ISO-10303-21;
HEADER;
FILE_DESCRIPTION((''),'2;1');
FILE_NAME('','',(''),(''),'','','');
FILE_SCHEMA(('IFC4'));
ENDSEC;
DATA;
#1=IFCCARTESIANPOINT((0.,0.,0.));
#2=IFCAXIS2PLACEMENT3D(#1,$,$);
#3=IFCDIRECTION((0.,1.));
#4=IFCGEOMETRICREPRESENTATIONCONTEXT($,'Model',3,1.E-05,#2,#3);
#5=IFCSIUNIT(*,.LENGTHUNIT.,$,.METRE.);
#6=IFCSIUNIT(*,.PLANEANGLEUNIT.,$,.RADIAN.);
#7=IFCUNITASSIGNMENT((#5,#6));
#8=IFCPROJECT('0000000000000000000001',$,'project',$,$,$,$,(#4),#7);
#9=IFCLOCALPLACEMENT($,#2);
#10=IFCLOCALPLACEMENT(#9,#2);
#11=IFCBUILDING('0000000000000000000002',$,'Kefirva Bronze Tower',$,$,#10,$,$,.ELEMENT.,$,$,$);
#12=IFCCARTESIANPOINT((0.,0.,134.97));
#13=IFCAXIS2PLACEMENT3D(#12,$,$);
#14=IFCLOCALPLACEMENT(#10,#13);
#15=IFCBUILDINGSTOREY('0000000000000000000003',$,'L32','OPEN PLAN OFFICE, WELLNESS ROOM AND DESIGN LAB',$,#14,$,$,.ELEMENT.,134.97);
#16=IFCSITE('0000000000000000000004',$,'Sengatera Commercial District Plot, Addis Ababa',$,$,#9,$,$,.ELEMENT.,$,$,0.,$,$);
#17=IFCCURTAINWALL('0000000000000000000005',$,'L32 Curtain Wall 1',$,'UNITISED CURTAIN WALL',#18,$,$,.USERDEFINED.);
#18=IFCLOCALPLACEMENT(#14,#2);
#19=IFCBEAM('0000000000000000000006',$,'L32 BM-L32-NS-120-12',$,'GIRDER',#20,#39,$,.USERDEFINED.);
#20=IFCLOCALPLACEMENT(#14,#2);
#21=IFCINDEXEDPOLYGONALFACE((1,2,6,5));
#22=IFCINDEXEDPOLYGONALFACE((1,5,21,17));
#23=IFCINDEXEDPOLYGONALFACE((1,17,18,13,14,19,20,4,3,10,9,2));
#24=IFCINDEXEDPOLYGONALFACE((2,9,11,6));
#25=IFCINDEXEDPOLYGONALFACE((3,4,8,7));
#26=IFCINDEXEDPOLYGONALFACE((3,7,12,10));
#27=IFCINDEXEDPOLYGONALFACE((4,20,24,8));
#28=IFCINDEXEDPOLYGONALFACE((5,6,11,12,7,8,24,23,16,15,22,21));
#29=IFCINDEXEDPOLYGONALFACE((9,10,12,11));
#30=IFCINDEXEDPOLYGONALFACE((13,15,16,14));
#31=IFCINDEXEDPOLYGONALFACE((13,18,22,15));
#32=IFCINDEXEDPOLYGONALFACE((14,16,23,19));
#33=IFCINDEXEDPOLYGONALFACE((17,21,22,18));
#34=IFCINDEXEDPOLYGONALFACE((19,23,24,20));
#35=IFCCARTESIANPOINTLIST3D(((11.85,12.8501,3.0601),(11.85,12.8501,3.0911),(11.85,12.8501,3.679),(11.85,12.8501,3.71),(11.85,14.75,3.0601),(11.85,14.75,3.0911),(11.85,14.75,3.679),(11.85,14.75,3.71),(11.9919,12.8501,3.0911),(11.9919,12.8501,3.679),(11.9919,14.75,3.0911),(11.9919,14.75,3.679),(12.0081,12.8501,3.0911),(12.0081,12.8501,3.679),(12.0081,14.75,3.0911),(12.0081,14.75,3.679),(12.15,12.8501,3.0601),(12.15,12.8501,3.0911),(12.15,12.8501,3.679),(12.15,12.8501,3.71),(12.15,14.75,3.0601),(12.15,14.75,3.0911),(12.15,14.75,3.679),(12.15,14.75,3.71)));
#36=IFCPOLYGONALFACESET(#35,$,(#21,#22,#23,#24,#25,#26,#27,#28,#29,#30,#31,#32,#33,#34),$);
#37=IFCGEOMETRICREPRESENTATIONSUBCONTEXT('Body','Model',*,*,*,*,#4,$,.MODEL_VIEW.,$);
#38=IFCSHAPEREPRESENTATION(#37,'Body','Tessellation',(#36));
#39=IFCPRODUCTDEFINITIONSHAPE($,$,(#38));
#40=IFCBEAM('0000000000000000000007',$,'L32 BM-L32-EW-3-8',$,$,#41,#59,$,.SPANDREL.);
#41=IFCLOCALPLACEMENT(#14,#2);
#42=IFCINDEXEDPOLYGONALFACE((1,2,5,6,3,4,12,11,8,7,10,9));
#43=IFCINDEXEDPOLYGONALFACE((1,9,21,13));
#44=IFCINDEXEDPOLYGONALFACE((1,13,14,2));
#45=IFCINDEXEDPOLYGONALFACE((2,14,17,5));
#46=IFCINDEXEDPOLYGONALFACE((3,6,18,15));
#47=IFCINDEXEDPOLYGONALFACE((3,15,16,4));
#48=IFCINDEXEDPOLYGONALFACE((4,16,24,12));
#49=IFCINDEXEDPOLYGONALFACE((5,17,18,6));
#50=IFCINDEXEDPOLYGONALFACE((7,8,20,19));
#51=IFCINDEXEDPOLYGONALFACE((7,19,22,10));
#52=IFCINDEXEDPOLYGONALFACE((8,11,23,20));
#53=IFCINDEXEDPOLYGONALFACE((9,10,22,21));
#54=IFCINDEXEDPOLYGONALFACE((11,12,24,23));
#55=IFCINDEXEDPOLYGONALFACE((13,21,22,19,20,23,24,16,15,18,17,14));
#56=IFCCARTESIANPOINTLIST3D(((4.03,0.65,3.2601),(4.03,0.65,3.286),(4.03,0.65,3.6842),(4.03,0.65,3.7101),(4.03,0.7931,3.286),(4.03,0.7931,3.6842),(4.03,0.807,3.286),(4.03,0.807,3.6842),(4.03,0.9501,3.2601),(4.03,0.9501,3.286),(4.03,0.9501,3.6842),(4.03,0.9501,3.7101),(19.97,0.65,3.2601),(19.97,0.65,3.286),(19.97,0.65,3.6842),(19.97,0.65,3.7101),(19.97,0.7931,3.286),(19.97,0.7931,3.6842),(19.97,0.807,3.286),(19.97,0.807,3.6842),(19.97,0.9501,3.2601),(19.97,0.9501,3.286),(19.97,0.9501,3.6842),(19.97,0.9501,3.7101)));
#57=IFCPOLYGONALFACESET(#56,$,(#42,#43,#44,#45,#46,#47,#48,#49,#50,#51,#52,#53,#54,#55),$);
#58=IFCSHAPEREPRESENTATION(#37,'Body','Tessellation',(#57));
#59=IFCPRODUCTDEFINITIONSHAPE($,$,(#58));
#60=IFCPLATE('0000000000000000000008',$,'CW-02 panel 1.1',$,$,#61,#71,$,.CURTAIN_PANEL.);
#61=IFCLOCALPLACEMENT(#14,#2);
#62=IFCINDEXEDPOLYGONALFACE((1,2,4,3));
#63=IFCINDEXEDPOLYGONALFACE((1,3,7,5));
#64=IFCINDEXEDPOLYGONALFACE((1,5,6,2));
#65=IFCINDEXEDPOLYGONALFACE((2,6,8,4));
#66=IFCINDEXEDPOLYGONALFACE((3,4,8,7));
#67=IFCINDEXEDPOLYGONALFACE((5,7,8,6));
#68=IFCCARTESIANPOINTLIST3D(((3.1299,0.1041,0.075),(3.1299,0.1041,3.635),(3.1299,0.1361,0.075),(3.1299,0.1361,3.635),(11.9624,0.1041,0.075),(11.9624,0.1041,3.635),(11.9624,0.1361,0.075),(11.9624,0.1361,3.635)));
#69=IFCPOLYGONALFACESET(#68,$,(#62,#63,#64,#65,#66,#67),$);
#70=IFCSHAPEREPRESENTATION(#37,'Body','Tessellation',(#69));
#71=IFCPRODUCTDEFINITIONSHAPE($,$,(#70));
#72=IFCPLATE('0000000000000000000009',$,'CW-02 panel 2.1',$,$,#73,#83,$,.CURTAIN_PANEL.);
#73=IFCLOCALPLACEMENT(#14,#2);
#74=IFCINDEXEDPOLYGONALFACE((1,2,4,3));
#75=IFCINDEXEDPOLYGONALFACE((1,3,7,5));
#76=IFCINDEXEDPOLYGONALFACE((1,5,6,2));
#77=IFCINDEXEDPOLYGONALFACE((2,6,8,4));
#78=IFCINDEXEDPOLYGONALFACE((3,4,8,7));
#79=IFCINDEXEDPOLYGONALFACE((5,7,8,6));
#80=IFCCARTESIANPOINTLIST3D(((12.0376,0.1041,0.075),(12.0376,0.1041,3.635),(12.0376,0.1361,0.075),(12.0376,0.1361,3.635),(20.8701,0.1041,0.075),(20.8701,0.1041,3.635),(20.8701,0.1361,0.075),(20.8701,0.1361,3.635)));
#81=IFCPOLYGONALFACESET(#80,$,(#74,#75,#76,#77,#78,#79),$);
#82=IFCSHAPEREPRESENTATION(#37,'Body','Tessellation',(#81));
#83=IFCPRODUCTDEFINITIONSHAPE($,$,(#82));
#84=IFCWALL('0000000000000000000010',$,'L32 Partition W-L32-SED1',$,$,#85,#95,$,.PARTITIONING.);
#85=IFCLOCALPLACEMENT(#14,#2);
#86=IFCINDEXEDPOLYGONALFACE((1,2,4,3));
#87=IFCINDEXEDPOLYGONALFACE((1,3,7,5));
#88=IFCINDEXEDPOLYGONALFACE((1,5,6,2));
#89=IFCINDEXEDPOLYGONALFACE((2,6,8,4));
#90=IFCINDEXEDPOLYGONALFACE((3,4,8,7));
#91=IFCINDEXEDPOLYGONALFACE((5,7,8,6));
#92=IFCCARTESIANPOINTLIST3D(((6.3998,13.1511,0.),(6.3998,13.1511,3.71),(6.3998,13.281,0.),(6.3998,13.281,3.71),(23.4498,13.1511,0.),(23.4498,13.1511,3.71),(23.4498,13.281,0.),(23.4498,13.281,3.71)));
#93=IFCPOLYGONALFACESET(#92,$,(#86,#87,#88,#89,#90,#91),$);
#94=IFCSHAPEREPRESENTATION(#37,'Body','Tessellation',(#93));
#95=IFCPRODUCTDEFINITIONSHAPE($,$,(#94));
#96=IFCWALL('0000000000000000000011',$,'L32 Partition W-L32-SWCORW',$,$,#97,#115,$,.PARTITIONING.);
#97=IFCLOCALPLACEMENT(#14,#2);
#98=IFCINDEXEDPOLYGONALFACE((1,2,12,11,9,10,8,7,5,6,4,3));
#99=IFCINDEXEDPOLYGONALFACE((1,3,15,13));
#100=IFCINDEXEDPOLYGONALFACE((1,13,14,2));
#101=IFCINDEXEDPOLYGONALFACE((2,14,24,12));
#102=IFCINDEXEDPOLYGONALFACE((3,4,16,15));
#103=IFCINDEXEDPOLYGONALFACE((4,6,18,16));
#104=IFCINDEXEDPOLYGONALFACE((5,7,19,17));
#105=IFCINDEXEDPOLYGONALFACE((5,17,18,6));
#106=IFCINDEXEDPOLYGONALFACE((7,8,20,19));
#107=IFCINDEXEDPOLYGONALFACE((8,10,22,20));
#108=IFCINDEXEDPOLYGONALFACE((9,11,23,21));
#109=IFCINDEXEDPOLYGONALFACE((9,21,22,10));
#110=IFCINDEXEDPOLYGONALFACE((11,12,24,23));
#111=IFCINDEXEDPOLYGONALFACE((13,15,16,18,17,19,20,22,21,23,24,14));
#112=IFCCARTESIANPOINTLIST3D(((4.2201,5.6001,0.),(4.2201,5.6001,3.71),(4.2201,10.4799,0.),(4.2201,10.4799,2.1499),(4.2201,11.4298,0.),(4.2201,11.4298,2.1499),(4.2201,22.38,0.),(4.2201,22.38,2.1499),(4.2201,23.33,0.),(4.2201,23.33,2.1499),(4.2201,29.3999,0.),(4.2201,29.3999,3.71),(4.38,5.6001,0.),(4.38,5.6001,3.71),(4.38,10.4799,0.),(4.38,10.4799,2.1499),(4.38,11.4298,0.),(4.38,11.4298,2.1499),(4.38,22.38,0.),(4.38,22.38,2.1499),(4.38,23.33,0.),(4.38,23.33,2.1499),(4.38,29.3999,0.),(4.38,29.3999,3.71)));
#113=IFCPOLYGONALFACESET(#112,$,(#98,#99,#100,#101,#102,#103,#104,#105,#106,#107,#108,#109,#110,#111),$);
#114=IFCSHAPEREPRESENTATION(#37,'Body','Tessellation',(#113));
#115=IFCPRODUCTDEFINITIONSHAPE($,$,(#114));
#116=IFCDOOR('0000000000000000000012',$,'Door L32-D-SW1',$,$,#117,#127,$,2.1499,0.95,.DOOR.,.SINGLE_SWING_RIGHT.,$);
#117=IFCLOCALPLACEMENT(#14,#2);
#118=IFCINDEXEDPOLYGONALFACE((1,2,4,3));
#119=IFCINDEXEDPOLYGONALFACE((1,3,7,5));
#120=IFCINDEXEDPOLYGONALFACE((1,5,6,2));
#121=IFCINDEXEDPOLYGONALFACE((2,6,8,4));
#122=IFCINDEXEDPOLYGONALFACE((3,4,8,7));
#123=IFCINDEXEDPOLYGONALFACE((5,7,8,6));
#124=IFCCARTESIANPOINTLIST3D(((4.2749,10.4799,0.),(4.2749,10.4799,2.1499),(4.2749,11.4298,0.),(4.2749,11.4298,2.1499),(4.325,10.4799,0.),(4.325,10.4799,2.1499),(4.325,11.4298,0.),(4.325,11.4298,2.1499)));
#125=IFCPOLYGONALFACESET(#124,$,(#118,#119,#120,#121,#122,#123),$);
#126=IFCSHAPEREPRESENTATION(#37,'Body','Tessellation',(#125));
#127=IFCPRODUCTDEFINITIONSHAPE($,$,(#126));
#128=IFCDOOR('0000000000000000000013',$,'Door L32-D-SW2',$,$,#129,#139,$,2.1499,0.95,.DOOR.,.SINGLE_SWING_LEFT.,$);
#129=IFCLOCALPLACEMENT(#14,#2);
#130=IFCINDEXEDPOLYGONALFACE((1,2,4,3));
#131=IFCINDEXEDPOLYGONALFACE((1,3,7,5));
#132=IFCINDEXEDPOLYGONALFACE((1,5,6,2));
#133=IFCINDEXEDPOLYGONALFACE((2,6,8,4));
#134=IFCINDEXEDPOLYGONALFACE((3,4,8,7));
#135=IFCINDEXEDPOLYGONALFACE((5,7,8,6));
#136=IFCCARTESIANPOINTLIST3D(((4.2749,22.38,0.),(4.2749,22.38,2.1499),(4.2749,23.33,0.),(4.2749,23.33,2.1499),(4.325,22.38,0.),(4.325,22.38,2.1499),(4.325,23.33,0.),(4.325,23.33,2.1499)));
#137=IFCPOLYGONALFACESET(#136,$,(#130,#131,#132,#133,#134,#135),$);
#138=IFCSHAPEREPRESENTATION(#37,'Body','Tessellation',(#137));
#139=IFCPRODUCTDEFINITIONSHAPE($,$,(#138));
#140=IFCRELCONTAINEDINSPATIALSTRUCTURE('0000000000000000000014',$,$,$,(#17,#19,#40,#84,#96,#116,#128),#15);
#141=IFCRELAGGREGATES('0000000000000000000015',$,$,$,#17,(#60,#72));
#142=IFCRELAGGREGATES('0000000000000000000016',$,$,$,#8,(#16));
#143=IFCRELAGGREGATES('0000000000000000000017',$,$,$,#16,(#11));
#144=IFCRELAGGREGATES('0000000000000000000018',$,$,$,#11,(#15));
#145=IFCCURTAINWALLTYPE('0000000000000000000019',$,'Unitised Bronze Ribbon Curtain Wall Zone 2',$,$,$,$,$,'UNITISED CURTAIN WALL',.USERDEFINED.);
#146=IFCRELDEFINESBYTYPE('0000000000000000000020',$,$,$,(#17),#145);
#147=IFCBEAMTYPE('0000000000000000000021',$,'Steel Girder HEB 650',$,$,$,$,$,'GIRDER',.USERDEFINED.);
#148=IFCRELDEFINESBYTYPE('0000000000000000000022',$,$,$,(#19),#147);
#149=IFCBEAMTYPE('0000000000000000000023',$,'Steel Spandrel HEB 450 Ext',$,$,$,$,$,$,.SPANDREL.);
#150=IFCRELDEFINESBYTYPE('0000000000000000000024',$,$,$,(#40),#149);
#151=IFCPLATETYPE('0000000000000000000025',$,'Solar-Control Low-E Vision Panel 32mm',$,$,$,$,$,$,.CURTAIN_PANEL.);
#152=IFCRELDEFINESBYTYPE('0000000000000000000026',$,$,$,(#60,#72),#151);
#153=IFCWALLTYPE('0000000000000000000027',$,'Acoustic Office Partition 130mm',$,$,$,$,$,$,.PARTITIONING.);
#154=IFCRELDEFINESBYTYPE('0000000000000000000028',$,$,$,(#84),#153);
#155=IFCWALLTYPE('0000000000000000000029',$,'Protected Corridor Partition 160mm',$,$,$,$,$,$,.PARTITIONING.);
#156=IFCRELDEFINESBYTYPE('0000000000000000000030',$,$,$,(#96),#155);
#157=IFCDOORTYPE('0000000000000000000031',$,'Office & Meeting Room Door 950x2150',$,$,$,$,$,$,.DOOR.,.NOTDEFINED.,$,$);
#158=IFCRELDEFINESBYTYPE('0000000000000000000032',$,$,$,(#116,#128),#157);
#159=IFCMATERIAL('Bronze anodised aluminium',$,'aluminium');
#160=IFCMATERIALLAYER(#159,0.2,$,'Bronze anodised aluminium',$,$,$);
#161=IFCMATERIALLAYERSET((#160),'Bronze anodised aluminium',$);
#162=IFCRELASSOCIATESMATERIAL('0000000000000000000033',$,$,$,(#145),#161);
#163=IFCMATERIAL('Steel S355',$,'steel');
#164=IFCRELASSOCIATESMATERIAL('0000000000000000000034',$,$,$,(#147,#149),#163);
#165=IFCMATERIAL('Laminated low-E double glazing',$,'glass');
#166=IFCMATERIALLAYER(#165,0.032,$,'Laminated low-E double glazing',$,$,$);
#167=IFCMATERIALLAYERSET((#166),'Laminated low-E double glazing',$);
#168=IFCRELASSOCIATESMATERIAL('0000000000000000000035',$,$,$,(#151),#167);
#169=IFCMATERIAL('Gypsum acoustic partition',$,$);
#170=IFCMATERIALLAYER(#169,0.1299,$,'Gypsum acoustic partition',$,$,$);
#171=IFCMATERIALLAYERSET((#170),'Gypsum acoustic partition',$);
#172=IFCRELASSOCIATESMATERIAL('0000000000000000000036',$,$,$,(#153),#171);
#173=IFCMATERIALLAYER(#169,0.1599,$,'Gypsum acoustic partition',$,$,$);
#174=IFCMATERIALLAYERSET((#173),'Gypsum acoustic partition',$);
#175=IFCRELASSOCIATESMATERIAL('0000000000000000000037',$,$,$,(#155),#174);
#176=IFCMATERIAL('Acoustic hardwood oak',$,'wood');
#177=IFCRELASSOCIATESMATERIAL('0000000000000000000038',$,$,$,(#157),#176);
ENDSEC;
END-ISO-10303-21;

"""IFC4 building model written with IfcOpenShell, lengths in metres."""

from ifc_helpers import new_model, si_unit, direction, frame, frame_2d, origin, origin_2d, place, context, subcontext, project, spatial, rectangle, i_section, extrude, material, layer, layer_set, material_profile, profile_set, type_object, element, fill, aggregate, save


model = new_model("IFC4")

# Units and contexts
model_context = context("Model", 3, precision=1e-05, world=origin(), true_north=direction((0.0, 1.0)))
body_context = subcontext(model_context, "Body", "Model", "MODEL_VIEW")
ifc_project = project(units=[si_unit("LENGTHUNIT", "METRE"), si_unit("PLANEANGLEUNIT", "RADIAN")], contexts=[model_context])

# Site, building, storey
site_placement = place(None, origin())
site = spatial("IfcSite", under=ifc_project, at=site_placement, Name="Sengatera Commercial District Plot, Addis Ababa", CompositionType="ELEMENT", RefElevation=0.0)
building_placement = place(site_placement, origin())
building = spatial("IfcBuilding", under=site, at=building_placement, Name="Kefirva Bronze Tower", CompositionType="ELEMENT")
storey_placement = place(building_placement, frame((0.0, 0.0, 134.97)))
storey = spatial("IfcBuildingStorey", under=building, at=storey_placement, Name="L32", Description="OPEN PLAN OFFICE, WELLNESS ROOM AND DESIGN LAB", CompositionType="ELEMENT", Elevation=134.97)

# Curtain wall
ifc_material_1 = material(Name="Bronze anodised aluminium", Category="aluminium")
ifc_layer_1 = layer(ifc_material_1, 0.2, Name="Bronze anodised aluminium")
ifc_layer_set_1 = layer_set([ifc_layer_1], Name="Bronze anodised aluminium")
curtain_wall_type = type_object("IfcCurtainWallType", Name="Unitised Bronze Ribbon Curtain Wall Zone 2", ElementType="UNITISED CURTAIN WALL", PredefinedType="USERDEFINED", material=ifc_layer_set_1)
curtain_wall_placement = place(storey_placement, origin())
curtain_wall = element("IfcCurtainWall", 1, at=curtain_wall_placement, inside=storey, type_object=curtain_wall_type, Name="L32 Curtain Wall 1", ObjectType="UNITISED CURTAIN WALL", PredefinedType="USERDEFINED")

# Beams
ifc_material_2 = material(Name="Steel S355", Category="steel")
ifc_material_profile_1 = material_profile(ifc_material_2, i_section(OverallWidth=0.3, OverallDepth=0.6499, WebThickness=0.0161, FlangeThickness=0.031, at=origin_2d()), Name="HEB 650")
ifc_profile_set_1 = profile_set([ifc_material_profile_1], Name="Steel S355")
beam_type_1 = type_object("IfcBeamType", Name="Steel Girder HEB 650", ElementType="GIRDER", PredefinedType="USERDEFINED", material=ifc_profile_set_1)
beam_1_placement = place(storey_placement, frame((12.0, 12.8501, 3.385), z_axis=(0.0, 1.0, 0.0), x_axis=(-1.0, 0.0, 0.0)))
element("IfcBeam", 2, at=beam_1_placement, inside=storey, type_object=beam_type_1, Name="L32 BM-L32-NS-120-12", ObjectType="GIRDER", PredefinedType="USERDEFINED", context=body_context, shape_type="SweptSolid", body=[
    extrude(i_section(OverallWidth=0.3, OverallDepth=0.6499, WebThickness=0.0161, FlangeThickness=0.031, at=origin_2d()), origin(), (0.0, 0.0, 1.0), 1.8999),
])
ifc_material_profile_2 = material_profile(ifc_material_2, i_section(OverallWidth=0.3, OverallDepth=0.45, WebThickness=0.0139, FlangeThickness=0.0259, at=origin_2d()), Name="HEB 450")
ifc_profile_set_2 = profile_set([ifc_material_profile_2], Name="Steel S355")
beam_type_2 = type_object("IfcBeamType", Name="Steel Spandrel HEB 450 Ext", PredefinedType="SPANDREL", material=ifc_profile_set_2)
beam_2_placement = place(storey_placement, frame((4.03, 0.8, 3.4851), z_axis=(1.0, 0.0, 0.0), x_axis=(0.0, 1.0, 0.0)))
element("IfcBeam", 3, at=beam_2_placement, inside=storey, type_object=beam_type_2, Name="L32 BM-L32-EW-3-8", PredefinedType="SPANDREL", context=body_context, shape_type="SweptSolid", body=[
    extrude(i_section(OverallWidth=0.3, OverallDepth=0.45, WebThickness=0.0139, FlangeThickness=0.0259, at=origin_2d()), origin(), (0.0, 0.0, 1.0), 15.9399),
])

# Plates
ifc_material_3 = material(Name="Laminated low-E double glazing", Category="glass")
ifc_layer_2 = layer(ifc_material_3, 0.032, Name="Laminated low-E double glazing")
ifc_layer_set_2 = layer_set([ifc_layer_2], Name="Laminated low-E double glazing")
plate_type = type_object("IfcPlateType", Name="Solar-Control Low-E Vision Panel 32mm", PredefinedType="CURTAIN_PANEL", material=ifc_layer_set_2)
plate_1_placement = place(storey_placement, frame((7.5461, 0.1201, 0.075), z_axis=(0.0, 0.0, 1.0), x_axis=(1.0, 0.0, 0.0)))
plate_1 = element("IfcPlate", 4, at=plate_1_placement, type_object=plate_type, Name="CW-02 panel 1.1", PredefinedType="CURTAIN_PANEL", context=body_context, shape_type="SweptSolid", body=[
    extrude(rectangle(XDim=8.8325, YDim=0.032, at=origin_2d()), origin(), (0.0, 0.0, 1.0), 3.5601),
])
plate_2_placement = place(storey_placement, frame((16.4539, 0.1201, 0.075), z_axis=(0.0, 0.0, 1.0), x_axis=(1.0, 0.0, 0.0)))
plate_2 = element("IfcPlate", 5, at=plate_2_placement, type_object=plate_type, Name="CW-02 panel 2.1", PredefinedType="CURTAIN_PANEL", context=body_context, shape_type="SweptSolid", body=[
    extrude(rectangle(XDim=8.8325, YDim=0.032, at=origin_2d()), origin(), (0.0, 0.0, 1.0), 3.5601),
])
aggregate(curtain_wall, [plate_1, plate_2])

# Wall
ifc_material_4 = material(Name="Gypsum acoustic partition")
ifc_layer_3 = layer(ifc_material_4, 0.1299, Name="Gypsum acoustic partition")
ifc_layer_set_3 = layer_set([ifc_layer_3], Name="Gypsum acoustic partition")
wall_type_1 = type_object("IfcWallType", Name="Acoustic Office Partition 130mm", PredefinedType="PARTITIONING", material=ifc_layer_set_3)
wall_1_placement = place(storey_placement, frame((6.3999, 13.2161, 0.0), z_axis=(0.0, 0.0, 1.0), x_axis=(1.0, 0.0, 0.0)))
element("IfcWall", 6, at=wall_1_placement, inside=storey, type_object=wall_type_1, Name="L32 Partition W-L32-SED1", PredefinedType="PARTITIONING", context=body_context, shape_type="SweptSolid", body=[
    extrude(rectangle(XDim=17.05, YDim=0.1299, at=frame_2d((8.5249, 0.0))), origin(), (0.0, 0.0, 1.0), 3.71),
])

# Wall, openings, doors
ifc_layer_4 = layer(ifc_material_4, 0.1599, Name="Gypsum acoustic partition")
ifc_layer_set_4 = layer_set([ifc_layer_4], Name="Gypsum acoustic partition")
wall_type_2 = type_object("IfcWallType", Name="Protected Corridor Partition 160mm", PredefinedType="PARTITIONING", material=ifc_layer_set_4)
wall_2_placement = place(storey_placement, frame((4.3, 5.6001, 0.0), z_axis=(0.0, 0.0, 1.0), x_axis=(0.0, 1.0, 0.0)))
wall_2 = element("IfcWall", 7, at=wall_2_placement, inside=storey, type_object=wall_type_2, Name="L32 Partition W-L32-SWCORW", PredefinedType="PARTITIONING", context=body_context, shape_type="SweptSolid", body=[
    extrude(rectangle(XDim=23.7998, YDim=0.1599, at=frame_2d((11.8999, 0.0))), origin(), (0.0, 0.0, 1.0), 3.71),
])
opening_1_placement = place(wall_2_placement, frame((5.8298, 0.0, 0.0), z_axis=(0.0, 0.0, 1.0), x_axis=(-1.0, 0.0, 0.0)))
opening_1 = element("IfcOpeningElement", 8, at=opening_1_placement, cuts=wall_2, PredefinedType="OPENING", context=body_context, shape_type="SweptSolid", body=[
    extrude(rectangle(XDim=0.95, YDim=2.1499, at=frame_2d((0.4751, 1.075))), frame((0.0, 0.0898, 0.0), z_axis=(0.0, -1.0, 0.0), x_axis=(1.0, 0.0, 0.0)), (0.0, 0.0, 1.0), 0.1799),
])
opening_2_placement = place(wall_2_placement, frame((17.73, 0.0, 0.0), z_axis=(0.0, 0.0, 1.0), x_axis=(-1.0, 0.0, 0.0)))
opening_2 = element("IfcOpeningElement", 9, at=opening_2_placement, cuts=wall_2, PredefinedType="OPENING", context=body_context, shape_type="SweptSolid", body=[
    extrude(rectangle(XDim=0.95, YDim=2.1499, at=frame_2d((0.4751, 1.075))), frame((0.0, 0.0898, 0.0), z_axis=(0.0, -1.0, 0.0), x_axis=(1.0, 0.0, 0.0)), (0.0, 0.0, 1.0), 0.1799),
])
ifc_material_5 = material(Name="Acoustic hardwood oak", Category="wood")
door_type = type_object("IfcDoorType", Name="Office & Meeting Room Door 950x2150", OperationType="NOTDEFINED", PredefinedType="DOOR", material=ifc_material_5)
door_1_placement = place(opening_1_placement, origin())
door_1 = element("IfcDoor", 10, at=door_1_placement, inside=storey, type_object=door_type, Name="Door L32-D-SW1", OperationType="SINGLE_SWING_RIGHT", OverallHeight=2.1499, OverallWidth=0.95, PredefinedType="DOOR", context=body_context, shape_type="SweptSolid", body=[
    extrude(rectangle(XDim=0.95, YDim=2.1499, at=frame_2d((0.4751, 1.075))), frame((0.0, 0.0249, 0.0), z_axis=(0.0, -1.0, 0.0), x_axis=(1.0, 0.0, 0.0)), (0.0, 0.0, 1.0), 0.05),
])
fill(opening_1, door_1)
door_2_placement = place(opening_2_placement, origin())
door_2 = element("IfcDoor", 11, at=door_2_placement, inside=storey, type_object=door_type, Name="Door L32-D-SW2", OperationType="SINGLE_SWING_LEFT", OverallHeight=2.1499, OverallWidth=0.95, PredefinedType="DOOR", context=body_context, shape_type="SweptSolid", body=[
    extrude(rectangle(XDim=0.95, YDim=2.1499, at=frame_2d((0.4751, 1.075))), frame((0.0, 0.0249, 0.0), z_axis=(0.0, -1.0, 0.0), x_axis=(1.0, 0.0, 0.0)), (0.0, 0.0, 1.0), 0.05),
])
fill(opening_2, door_2)

save(model, "model.ifc")
